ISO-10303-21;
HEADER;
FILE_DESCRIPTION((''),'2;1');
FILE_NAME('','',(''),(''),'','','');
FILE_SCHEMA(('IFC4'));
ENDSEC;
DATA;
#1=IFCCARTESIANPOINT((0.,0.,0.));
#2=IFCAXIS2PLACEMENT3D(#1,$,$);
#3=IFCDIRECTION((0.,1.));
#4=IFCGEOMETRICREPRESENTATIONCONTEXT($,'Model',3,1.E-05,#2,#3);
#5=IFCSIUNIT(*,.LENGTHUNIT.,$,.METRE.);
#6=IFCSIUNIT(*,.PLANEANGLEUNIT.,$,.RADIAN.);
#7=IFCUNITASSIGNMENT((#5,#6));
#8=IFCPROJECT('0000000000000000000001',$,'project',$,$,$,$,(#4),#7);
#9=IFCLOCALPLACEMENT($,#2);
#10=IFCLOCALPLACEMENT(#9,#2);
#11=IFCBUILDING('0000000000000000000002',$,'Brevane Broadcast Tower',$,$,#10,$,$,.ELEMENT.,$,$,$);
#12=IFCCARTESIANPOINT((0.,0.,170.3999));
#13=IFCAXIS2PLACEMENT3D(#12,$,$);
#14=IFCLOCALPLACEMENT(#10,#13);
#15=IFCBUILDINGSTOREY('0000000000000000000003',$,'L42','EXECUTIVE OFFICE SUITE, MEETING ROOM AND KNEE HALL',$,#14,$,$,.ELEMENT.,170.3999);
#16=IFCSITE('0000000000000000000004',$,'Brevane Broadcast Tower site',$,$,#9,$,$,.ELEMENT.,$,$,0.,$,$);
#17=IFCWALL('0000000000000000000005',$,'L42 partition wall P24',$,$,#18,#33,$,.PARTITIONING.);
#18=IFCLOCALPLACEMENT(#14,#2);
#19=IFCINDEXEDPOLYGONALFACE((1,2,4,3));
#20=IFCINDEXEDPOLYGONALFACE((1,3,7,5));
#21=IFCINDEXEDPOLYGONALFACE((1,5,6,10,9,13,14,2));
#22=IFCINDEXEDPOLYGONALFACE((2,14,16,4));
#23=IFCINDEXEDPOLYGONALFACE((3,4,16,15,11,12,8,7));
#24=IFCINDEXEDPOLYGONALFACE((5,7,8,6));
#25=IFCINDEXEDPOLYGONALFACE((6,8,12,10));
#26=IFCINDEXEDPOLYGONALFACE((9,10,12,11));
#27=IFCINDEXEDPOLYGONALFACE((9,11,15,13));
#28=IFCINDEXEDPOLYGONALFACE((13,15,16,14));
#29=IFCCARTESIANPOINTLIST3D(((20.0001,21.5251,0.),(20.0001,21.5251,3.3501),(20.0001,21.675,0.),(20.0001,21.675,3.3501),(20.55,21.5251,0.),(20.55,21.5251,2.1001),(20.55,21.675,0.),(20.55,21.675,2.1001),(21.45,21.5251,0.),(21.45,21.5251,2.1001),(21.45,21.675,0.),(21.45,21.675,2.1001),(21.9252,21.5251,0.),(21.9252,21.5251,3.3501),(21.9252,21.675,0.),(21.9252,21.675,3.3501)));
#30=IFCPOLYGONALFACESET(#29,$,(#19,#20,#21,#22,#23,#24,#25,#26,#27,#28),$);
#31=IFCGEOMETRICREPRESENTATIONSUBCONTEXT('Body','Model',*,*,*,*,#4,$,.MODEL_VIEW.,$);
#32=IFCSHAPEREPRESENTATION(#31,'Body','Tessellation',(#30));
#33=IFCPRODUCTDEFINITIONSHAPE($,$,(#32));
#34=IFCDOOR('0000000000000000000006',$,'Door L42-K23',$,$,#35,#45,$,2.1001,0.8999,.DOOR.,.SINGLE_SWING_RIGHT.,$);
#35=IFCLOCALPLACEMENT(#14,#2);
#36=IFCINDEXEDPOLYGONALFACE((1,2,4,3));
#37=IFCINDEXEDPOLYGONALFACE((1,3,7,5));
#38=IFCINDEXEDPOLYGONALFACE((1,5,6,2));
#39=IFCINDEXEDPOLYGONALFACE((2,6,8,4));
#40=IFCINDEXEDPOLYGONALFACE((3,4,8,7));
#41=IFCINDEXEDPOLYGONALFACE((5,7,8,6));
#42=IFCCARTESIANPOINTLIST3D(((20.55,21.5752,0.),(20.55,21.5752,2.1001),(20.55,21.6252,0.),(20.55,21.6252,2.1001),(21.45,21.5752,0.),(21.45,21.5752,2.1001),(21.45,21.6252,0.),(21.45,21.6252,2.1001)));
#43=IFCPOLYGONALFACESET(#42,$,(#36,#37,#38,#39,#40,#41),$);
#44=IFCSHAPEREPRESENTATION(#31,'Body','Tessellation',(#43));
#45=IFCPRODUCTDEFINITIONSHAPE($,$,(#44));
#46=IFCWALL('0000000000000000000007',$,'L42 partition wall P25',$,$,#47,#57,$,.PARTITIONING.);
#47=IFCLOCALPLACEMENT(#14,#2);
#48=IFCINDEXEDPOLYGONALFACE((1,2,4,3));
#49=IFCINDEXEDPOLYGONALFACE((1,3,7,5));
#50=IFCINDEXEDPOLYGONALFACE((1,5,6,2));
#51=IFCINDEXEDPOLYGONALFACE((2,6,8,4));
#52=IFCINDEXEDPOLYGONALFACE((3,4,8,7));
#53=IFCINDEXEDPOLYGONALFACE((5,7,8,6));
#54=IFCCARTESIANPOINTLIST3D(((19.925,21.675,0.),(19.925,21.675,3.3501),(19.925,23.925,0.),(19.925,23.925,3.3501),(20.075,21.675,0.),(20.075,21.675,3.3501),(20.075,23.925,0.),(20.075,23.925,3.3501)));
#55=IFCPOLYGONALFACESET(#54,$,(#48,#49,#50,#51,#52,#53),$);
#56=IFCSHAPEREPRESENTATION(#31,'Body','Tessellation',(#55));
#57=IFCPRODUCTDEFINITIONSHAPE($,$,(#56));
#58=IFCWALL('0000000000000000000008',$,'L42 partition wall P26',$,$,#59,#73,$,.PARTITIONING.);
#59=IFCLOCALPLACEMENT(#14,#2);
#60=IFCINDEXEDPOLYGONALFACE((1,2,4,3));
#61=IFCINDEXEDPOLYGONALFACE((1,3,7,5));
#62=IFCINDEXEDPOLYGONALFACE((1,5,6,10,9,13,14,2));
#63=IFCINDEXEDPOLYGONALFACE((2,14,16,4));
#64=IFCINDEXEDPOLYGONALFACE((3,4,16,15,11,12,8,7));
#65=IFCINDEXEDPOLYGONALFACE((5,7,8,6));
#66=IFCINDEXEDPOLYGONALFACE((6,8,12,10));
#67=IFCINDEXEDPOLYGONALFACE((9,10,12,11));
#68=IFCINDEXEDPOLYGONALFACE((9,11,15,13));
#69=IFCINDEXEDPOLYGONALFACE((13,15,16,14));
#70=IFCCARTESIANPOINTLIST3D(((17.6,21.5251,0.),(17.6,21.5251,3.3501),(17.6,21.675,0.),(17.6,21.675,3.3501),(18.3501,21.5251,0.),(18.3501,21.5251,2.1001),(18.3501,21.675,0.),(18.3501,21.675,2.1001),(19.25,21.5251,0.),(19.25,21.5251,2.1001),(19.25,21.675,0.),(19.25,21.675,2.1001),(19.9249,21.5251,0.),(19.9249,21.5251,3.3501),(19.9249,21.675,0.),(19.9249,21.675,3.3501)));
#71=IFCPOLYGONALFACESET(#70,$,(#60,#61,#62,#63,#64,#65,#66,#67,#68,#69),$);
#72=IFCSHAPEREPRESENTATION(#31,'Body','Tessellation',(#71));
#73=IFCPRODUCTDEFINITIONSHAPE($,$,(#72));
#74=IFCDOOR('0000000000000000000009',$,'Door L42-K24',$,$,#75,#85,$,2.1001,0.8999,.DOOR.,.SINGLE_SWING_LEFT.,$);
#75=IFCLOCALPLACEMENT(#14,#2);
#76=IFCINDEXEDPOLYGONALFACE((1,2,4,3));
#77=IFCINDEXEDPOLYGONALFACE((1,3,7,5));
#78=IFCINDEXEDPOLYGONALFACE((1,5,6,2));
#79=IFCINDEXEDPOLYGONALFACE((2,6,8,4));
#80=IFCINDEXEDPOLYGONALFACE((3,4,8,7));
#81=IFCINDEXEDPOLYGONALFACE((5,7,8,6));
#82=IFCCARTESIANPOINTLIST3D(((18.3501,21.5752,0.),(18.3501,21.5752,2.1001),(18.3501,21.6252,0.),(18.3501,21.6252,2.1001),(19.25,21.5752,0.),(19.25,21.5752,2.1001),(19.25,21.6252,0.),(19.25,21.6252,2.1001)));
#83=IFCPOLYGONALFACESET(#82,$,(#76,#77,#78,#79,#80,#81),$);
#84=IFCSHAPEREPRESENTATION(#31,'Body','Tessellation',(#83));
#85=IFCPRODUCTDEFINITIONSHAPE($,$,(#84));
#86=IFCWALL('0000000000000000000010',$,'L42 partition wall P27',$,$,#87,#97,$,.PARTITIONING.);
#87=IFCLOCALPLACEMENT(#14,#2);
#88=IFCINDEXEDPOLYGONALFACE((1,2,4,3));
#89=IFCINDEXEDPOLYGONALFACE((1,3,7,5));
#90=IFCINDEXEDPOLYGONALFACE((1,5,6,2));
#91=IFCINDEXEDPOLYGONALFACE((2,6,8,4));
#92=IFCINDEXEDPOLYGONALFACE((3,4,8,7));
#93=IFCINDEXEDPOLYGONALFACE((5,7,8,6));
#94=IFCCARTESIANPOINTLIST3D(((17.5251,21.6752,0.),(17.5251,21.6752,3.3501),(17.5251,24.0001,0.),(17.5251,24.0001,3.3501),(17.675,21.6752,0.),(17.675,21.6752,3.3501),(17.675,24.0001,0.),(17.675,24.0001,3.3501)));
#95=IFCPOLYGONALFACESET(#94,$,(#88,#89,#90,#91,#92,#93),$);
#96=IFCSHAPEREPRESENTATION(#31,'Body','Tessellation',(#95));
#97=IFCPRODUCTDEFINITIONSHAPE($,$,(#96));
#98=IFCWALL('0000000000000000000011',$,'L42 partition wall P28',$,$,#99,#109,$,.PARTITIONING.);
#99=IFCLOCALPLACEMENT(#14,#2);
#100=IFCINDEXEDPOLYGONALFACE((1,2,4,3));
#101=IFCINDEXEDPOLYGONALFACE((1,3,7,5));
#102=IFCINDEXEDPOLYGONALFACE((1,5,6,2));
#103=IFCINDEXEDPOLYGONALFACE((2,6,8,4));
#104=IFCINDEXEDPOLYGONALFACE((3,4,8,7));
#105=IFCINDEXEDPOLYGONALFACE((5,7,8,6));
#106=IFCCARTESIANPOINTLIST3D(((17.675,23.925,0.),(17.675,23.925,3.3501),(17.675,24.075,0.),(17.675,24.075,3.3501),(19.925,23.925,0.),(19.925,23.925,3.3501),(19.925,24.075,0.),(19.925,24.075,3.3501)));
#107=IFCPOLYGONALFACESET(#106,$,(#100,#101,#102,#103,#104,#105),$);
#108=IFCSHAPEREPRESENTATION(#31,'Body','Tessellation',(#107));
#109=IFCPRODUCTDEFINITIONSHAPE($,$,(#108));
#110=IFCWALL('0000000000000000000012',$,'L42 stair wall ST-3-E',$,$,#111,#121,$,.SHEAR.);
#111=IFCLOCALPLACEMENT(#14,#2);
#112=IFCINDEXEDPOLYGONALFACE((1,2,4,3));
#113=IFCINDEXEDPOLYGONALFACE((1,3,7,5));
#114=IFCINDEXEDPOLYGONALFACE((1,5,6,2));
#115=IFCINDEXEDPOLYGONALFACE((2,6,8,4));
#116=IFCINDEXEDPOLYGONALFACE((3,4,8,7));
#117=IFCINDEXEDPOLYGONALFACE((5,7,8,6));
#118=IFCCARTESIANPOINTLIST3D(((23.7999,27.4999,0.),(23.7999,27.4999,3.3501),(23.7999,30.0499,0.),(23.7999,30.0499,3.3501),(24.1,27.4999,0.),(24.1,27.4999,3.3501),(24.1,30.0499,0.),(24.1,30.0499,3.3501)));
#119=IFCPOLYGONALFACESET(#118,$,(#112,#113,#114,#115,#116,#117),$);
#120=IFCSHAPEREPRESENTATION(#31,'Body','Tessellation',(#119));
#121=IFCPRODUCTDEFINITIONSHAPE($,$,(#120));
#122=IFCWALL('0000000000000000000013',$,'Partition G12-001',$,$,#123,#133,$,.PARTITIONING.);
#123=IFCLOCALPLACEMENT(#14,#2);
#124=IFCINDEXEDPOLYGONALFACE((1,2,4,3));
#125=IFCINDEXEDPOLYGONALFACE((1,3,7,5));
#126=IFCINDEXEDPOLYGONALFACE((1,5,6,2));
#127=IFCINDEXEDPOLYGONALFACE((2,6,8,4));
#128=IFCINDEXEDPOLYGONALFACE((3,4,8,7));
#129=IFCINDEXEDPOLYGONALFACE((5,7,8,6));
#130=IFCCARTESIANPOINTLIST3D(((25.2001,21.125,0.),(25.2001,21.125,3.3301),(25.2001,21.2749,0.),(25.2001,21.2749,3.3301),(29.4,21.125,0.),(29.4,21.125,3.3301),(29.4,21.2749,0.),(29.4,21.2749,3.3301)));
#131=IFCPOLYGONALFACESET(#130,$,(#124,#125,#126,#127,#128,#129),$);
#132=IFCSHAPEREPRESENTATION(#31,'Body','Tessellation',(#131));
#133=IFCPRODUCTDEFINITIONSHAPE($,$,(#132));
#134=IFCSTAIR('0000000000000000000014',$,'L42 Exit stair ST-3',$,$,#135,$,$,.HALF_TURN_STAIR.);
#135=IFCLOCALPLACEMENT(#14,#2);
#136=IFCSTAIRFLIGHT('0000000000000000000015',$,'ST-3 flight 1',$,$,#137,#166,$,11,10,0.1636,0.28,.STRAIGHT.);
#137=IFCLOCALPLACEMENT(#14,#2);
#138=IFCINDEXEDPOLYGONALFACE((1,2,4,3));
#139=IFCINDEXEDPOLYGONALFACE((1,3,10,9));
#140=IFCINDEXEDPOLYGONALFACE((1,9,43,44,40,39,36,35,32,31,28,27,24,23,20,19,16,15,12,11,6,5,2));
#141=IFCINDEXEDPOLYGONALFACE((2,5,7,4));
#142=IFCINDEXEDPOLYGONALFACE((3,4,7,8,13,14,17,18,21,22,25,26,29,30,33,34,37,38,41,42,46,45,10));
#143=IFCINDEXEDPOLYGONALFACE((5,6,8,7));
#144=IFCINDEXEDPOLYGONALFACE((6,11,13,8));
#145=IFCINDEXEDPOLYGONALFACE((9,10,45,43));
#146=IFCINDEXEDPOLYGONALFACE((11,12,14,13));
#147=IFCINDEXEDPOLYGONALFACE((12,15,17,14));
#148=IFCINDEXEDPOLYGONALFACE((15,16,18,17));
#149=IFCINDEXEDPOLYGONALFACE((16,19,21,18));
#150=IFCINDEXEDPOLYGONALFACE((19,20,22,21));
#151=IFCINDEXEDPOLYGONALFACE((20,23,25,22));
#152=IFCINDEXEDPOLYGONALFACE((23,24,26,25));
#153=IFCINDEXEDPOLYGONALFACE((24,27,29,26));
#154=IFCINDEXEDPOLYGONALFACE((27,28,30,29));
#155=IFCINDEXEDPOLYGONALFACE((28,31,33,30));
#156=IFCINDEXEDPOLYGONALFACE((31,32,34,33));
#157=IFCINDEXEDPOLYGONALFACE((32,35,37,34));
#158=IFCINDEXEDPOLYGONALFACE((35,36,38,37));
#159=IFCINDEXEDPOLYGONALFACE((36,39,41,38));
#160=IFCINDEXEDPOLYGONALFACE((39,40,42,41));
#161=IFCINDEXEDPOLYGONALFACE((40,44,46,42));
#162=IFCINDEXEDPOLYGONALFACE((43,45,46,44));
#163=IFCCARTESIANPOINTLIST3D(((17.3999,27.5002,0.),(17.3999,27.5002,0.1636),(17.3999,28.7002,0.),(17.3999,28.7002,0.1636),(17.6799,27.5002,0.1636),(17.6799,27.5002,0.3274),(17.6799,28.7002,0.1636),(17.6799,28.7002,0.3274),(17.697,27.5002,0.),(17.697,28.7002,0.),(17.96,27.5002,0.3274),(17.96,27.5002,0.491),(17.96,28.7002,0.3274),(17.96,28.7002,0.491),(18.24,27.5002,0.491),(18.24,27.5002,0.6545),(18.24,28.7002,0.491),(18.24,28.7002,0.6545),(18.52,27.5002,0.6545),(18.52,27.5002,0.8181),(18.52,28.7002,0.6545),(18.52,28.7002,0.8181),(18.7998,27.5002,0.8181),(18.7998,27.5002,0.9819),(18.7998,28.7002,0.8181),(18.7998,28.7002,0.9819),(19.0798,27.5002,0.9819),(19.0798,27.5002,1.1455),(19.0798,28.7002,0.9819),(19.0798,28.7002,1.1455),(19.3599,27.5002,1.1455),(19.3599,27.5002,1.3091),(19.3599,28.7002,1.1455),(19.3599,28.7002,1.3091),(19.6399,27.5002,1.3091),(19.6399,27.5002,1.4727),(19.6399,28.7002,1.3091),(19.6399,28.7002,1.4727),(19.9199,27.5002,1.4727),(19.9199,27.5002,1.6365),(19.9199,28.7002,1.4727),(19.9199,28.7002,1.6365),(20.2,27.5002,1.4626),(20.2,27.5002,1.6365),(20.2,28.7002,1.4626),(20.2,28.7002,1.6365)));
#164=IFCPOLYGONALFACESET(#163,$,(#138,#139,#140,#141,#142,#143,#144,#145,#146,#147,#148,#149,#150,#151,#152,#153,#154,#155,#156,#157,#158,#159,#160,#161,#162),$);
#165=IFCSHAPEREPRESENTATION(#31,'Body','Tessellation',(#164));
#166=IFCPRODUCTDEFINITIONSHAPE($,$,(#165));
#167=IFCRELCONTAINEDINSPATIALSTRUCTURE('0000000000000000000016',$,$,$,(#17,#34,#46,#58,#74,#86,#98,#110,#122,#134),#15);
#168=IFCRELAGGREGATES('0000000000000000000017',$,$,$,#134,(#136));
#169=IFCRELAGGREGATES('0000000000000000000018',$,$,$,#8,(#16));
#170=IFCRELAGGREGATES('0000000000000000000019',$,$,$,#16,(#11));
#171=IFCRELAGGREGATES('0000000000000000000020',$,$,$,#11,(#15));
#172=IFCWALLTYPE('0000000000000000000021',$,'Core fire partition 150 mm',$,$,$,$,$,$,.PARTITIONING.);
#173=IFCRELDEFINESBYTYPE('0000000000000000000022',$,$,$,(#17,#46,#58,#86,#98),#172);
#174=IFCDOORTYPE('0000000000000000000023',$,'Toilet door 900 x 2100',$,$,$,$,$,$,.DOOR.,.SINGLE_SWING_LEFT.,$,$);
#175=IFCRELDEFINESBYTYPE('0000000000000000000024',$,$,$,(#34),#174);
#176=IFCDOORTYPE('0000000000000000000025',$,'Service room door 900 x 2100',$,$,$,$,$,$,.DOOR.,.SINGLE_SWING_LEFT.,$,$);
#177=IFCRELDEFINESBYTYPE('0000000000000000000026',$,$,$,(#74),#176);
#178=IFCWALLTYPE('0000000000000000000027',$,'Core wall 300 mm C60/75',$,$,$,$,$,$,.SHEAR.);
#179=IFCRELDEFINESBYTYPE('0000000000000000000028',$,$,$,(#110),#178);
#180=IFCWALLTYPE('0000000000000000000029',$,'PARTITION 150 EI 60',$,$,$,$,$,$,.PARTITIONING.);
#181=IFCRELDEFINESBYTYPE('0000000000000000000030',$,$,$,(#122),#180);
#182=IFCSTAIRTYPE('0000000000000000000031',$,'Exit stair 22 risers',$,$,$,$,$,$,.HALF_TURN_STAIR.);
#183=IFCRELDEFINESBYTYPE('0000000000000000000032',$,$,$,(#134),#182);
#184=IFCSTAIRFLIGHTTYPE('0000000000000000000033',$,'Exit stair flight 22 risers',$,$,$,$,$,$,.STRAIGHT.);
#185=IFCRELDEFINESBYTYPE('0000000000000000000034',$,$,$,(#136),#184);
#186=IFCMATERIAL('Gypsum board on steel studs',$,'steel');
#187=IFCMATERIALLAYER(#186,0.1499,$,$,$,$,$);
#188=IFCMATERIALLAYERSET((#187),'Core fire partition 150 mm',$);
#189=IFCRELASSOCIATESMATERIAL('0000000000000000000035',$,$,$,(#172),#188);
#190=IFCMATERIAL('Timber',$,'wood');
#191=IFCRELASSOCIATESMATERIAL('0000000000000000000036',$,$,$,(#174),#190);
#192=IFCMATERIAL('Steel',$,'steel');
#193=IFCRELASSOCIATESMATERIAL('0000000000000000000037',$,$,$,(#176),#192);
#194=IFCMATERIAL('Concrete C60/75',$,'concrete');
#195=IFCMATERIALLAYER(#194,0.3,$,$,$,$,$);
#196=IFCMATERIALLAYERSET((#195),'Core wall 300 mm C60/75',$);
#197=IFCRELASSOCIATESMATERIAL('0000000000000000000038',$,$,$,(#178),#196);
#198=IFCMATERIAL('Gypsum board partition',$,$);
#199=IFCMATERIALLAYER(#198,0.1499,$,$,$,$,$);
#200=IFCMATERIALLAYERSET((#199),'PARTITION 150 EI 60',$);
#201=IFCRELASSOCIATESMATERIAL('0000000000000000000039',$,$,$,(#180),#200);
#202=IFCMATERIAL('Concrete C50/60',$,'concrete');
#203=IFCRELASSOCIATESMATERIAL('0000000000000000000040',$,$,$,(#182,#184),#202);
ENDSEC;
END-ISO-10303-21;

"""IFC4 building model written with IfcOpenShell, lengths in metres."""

from ifc_helpers import new_model, si_unit, direction, frame, frame_2d, origin, place, context, subcontext, project, spatial, polyline, rectangle, outline, extrude, material, layer, layer_set, type_object, element, fill, aggregate, save


model = new_model("IFC4")

# Units and contexts
model_context = context("Model", 3, precision=1e-05, world=origin(), true_north=direction((0.0, 1.0)))
body_context = subcontext(model_context, "Body", "Model", "MODEL_VIEW")
ifc_project = project(units=[si_unit("LENGTHUNIT", "METRE"), si_unit("PLANEANGLEUNIT", "RADIAN")], contexts=[model_context])

# Site, building, storey
site_placement = place(None, origin())
site = spatial("IfcSite", under=ifc_project, at=site_placement, Name="Brevane Broadcast Tower site", CompositionType="ELEMENT", RefElevation=0.0)
building_placement = place(site_placement, origin())
building = spatial("IfcBuilding", under=site, at=building_placement, Name="Brevane Broadcast Tower", CompositionType="ELEMENT")
storey_placement = place(building_placement, frame((0.0, 0.0, 170.3999)))
storey = spatial("IfcBuildingStorey", under=building, at=storey_placement, Name="L42", Description="EXECUTIVE OFFICE SUITE, MEETING ROOM AND KNEE HALL", CompositionType="ELEMENT", Elevation=170.3999)

# Shared definitions
ifc_material_1 = material(Name="Concrete C60/75", Category="concrete")

# Shared definitions
ifc_material_2 = material(Name="Gypsum board on steel studs", Category="steel")
ifc_layer_1 = layer(ifc_material_2, 0.1499)
ifc_layer_set_1 = layer_set([ifc_layer_1], Name="Core fire partition 150 mm")
wall_type_1 = type_object("IfcWallType", Name="Core fire partition 150 mm", PredefinedType="PARTITIONING", material=ifc_layer_set_1)

# Wall, opening, door
wall_1_placement = place(storey_placement, frame((21.925, 21.6001, 0.0), z_axis=(0.0, 0.0, 1.0), x_axis=(-1.0, 0.0, 0.0)))
wall_1 = element("IfcWall", 1, at=wall_1_placement, inside=storey, type_object=wall_type_1, Name="L42 partition wall P24", PredefinedType="PARTITIONING", context=body_context, shape_type="SweptSolid", body=[
    extrude(rectangle(XDim=1.925, YDim=0.1499, at=frame_2d((0.9624, 0.0))), origin(), (0.0, 0.0, 1.0), 3.3501),
])
opening_1_placement = place(wall_1_placement, frame((0.4751, 0.0, 0.0)))
opening_1 = element("IfcOpeningElement", 2, at=opening_1_placement, cuts=wall_1, PredefinedType="OPENING", context=body_context, shape_type="SweptSolid", body=[
    extrude(rectangle(XDim=0.8999, YDim=2.1001, at=frame_2d((0.45, 1.05))), frame((0.0, 0.085, 0.0), z_axis=(0.0, -1.0, 0.0), x_axis=(1.0, 0.0, 0.0)), (0.0, 0.0, 1.0), 0.1699),
])
ifc_material_3 = material(Name="Timber", Category="wood")
door_type_1 = type_object("IfcDoorType", Name="Toilet door 900 x 2100", OperationType="SINGLE_SWING_LEFT", PredefinedType="DOOR", material=ifc_material_3)
door_1_placement = place(opening_1_placement, origin())
door_1 = element("IfcDoor", 3, at=door_1_placement, inside=storey, type_object=door_type_1, Name="Door L42-K23", OperationType="SINGLE_SWING_RIGHT", OverallHeight=2.1001, OverallWidth=0.8999, PredefinedType="DOOR", context=body_context, shape_type="SweptSolid", body=[
    extrude(rectangle(XDim=0.8999, YDim=2.1001, at=frame_2d((0.45, 1.05))), frame((0.0, 0.0249, 0.0), z_axis=(0.0, -1.0, 0.0), x_axis=(1.0, 0.0, 0.0)), (0.0, 0.0, 1.0), 0.05),
])
fill(opening_1, door_1)

# Wall
wall_2_placement = place(storey_placement, frame((20.0, 21.675, 0.0), z_axis=(0.0, 0.0, 1.0), x_axis=(0.0, 1.0, 0.0)))
element("IfcWall", 4, at=wall_2_placement, inside=storey, type_object=wall_type_1, Name="L42 partition wall P25", PredefinedType="PARTITIONING", context=body_context, shape_type="SweptSolid", body=[
    extrude(rectangle(XDim=2.25, YDim=0.1499, at=frame_2d((1.125, 0.0))), origin(), (0.0, 0.0, 1.0), 3.3501),
])

# Wall, opening, door
wall_3_placement = place(storey_placement, frame((19.925, 21.6001, 0.0), z_axis=(0.0, 0.0, 1.0), x_axis=(-1.0, 0.0, 0.0)))
wall_3 = element("IfcWall", 5, at=wall_3_placement, inside=storey, type_object=wall_type_1, Name="L42 partition wall P26", PredefinedType="PARTITIONING", context=body_context, shape_type="SweptSolid", body=[
    extrude(rectangle(XDim=2.325, YDim=0.1499, at=frame_2d((1.1626, 0.0))), origin(), (0.0, 0.0, 1.0), 3.3501),
])
opening_2_placement = place(wall_3_placement, frame((0.675, 0.0, 0.0)))
opening_2 = element("IfcOpeningElement", 6, at=opening_2_placement, cuts=wall_3, PredefinedType="OPENING", context=body_context, shape_type="SweptSolid", body=[
    extrude(rectangle(XDim=0.8999, YDim=2.1001, at=frame_2d((0.45, 1.05))), frame((0.0, 0.085, 0.0), z_axis=(0.0, -1.0, 0.0), x_axis=(1.0, 0.0, 0.0)), (0.0, 0.0, 1.0), 0.1699),
])
ifc_material_4 = material(Name="Steel", Category="steel")
door_type_2 = type_object("IfcDoorType", Name="Service room door 900 x 2100", OperationType="SINGLE_SWING_LEFT", PredefinedType="DOOR", material=ifc_material_4)
door_2_placement = place(opening_2_placement, origin())
door_2 = element("IfcDoor", 7, at=door_2_placement, inside=storey, type_object=door_type_2, Name="Door L42-K24", OperationType="SINGLE_SWING_LEFT", OverallHeight=2.1001, OverallWidth=0.8999, PredefinedType="DOOR", context=body_context, shape_type="SweptSolid", body=[
    extrude(rectangle(XDim=0.8999, YDim=2.1001, at=frame_2d((0.45, 1.05))), frame((0.0, 0.0249, 0.0), z_axis=(0.0, -1.0, 0.0), x_axis=(1.0, 0.0, 0.0)), (0.0, 0.0, 1.0), 0.05),
])
fill(opening_2, door_2)

# Walls
wall_4_placement = place(storey_placement, frame((17.6001, 21.675, 0.0), z_axis=(0.0, 0.0, 1.0), x_axis=(0.0, 1.0, 0.0)))
element("IfcWall", 8, at=wall_4_placement, inside=storey, type_object=wall_type_1, Name="L42 partition wall P27", PredefinedType="PARTITIONING", context=body_context, shape_type="SweptSolid", body=[
    extrude(rectangle(XDim=2.325, YDim=0.1499, at=frame_2d((1.1626, 0.0))), origin(), (0.0, 0.0, 1.0), 3.3501),
])
wall_5_placement = place(storey_placement, frame((17.675, 24.0, 0.0), z_axis=(0.0, 0.0, 1.0), x_axis=(1.0, 0.0, 0.0)))
element("IfcWall", 9, at=wall_5_placement, inside=storey, type_object=wall_type_1, Name="L42 partition wall P28", PredefinedType="PARTITIONING", context=body_context, shape_type="SweptSolid", body=[
    extrude(rectangle(XDim=2.25, YDim=0.1499, at=frame_2d((1.125, 0.0))), origin(), (0.0, 0.0, 1.0), 3.3501),
])
ifc_layer_2 = layer(ifc_material_1, 0.3)
ifc_layer_set_2 = layer_set([ifc_layer_2], Name="Core wall 300 mm C60/75")
wall_type_2 = type_object("IfcWallType", Name="Core wall 300 mm C60/75", PredefinedType="SHEAR", material=ifc_layer_set_2)
wall_6_placement = place(storey_placement, frame((23.95, 27.5, 0.0), z_axis=(0.0, 0.0, 1.0), x_axis=(0.0, 1.0, 0.0)))
element("IfcWall", 10, at=wall_6_placement, inside=storey, type_object=wall_type_2, Name="L42 stair wall ST-3-E", PredefinedType="SHEAR", context=body_context, shape_type="SweptSolid", body=[
    extrude(rectangle(XDim=2.55, YDim=0.3, at=frame_2d((1.2749, 0.0))), origin(), (0.0, 0.0, 1.0), 3.3501),
])
ifc_material_5 = material(Name="Gypsum board partition")
ifc_layer_3 = layer(ifc_material_5, 0.1499)
ifc_layer_set_3 = layer_set([ifc_layer_3], Name="PARTITION 150 EI 60")
wall_type_3 = type_object("IfcWallType", Name="PARTITION 150 EI 60", PredefinedType="PARTITIONING", material=ifc_layer_set_3)
wall_7_placement = place(storey_placement, frame((25.2, 21.2, 0.0), z_axis=(0.0, 0.0, 1.0), x_axis=(1.0, 0.0, 0.0)))
element("IfcWall", 11, at=wall_7_placement, inside=storey, type_object=wall_type_3, Name="Partition G12-001", PredefinedType="PARTITIONING", context=body_context, shape_type="SweptSolid", body=[
    extrude(rectangle(XDim=4.2, YDim=0.1499, at=frame_2d((2.1001, 0.0))), origin(), (0.0, 0.0, 1.0), 3.3301),
])

# Stair, stair flight
ifc_material_6 = material(Name="Concrete C50/60", Category="concrete")
stair_type = type_object("IfcStairType", Name="Exit stair 22 risers", PredefinedType="HALF_TURN_STAIR", material=ifc_material_6)
stair_placement = place(storey_placement, origin())
stair = element("IfcStair", 12, at=stair_placement, inside=storey, type_object=stair_type, Name="L42 Exit stair ST-3", PredefinedType="HALF_TURN_STAIR")
stair_flight_type = type_object("IfcStairFlightType", Name="Exit stair flight 22 risers", PredefinedType="STRAIGHT", material=ifc_material_6)
stair_flight_placement = place(storey_placement, frame((17.3999, 28.1001, 0.0), z_axis=(0.0, 0.0, 1.0), x_axis=(1.0, 0.0, 0.0)))
stair_flight = element("IfcStairFlight", 13, at=stair_flight_placement, type_object=stair_flight_type, Name="ST-3 flight 1", NumberOfRisers=11, NumberOfTreads=10, PredefinedType="STRAIGHT", RiserHeight=0.1636, TreadLength=0.28, context=body_context, shape_type="SweptSolid", body=[
    extrude(outline(polyline([(0.0, 0.0), (0.0, 0.1636), (0.28, 0.1636), (0.28, 0.3274), (0.5601, 0.3274), (0.5601, 0.491), (0.8401, 0.491), (0.8401, 0.6545), (1.1201, 0.6545), (1.1201, 0.8181), (1.3999, 0.8181), (1.3999, 0.9819), (1.6799, 0.9819), (1.6799, 1.1455), (1.96, 1.1455), (1.96, 1.3091), (2.24, 1.3091), (2.24, 1.4727), (2.52, 1.4727), (2.52, 1.6365), (2.8, 1.6365), (2.8, 1.8), (2.8, 1.4626), (0.2971, 0.0), (0.0, 0.0)])), frame((0.0, 0.6001, 0.0), z_axis=(0.0, -1.0, 0.0), x_axis=(1.0, 0.0, 0.0)), (0.0, 0.0, 1.0), 1.2),
])
aggregate(stair, [stair_flight])

save(model, "model.ifc")
